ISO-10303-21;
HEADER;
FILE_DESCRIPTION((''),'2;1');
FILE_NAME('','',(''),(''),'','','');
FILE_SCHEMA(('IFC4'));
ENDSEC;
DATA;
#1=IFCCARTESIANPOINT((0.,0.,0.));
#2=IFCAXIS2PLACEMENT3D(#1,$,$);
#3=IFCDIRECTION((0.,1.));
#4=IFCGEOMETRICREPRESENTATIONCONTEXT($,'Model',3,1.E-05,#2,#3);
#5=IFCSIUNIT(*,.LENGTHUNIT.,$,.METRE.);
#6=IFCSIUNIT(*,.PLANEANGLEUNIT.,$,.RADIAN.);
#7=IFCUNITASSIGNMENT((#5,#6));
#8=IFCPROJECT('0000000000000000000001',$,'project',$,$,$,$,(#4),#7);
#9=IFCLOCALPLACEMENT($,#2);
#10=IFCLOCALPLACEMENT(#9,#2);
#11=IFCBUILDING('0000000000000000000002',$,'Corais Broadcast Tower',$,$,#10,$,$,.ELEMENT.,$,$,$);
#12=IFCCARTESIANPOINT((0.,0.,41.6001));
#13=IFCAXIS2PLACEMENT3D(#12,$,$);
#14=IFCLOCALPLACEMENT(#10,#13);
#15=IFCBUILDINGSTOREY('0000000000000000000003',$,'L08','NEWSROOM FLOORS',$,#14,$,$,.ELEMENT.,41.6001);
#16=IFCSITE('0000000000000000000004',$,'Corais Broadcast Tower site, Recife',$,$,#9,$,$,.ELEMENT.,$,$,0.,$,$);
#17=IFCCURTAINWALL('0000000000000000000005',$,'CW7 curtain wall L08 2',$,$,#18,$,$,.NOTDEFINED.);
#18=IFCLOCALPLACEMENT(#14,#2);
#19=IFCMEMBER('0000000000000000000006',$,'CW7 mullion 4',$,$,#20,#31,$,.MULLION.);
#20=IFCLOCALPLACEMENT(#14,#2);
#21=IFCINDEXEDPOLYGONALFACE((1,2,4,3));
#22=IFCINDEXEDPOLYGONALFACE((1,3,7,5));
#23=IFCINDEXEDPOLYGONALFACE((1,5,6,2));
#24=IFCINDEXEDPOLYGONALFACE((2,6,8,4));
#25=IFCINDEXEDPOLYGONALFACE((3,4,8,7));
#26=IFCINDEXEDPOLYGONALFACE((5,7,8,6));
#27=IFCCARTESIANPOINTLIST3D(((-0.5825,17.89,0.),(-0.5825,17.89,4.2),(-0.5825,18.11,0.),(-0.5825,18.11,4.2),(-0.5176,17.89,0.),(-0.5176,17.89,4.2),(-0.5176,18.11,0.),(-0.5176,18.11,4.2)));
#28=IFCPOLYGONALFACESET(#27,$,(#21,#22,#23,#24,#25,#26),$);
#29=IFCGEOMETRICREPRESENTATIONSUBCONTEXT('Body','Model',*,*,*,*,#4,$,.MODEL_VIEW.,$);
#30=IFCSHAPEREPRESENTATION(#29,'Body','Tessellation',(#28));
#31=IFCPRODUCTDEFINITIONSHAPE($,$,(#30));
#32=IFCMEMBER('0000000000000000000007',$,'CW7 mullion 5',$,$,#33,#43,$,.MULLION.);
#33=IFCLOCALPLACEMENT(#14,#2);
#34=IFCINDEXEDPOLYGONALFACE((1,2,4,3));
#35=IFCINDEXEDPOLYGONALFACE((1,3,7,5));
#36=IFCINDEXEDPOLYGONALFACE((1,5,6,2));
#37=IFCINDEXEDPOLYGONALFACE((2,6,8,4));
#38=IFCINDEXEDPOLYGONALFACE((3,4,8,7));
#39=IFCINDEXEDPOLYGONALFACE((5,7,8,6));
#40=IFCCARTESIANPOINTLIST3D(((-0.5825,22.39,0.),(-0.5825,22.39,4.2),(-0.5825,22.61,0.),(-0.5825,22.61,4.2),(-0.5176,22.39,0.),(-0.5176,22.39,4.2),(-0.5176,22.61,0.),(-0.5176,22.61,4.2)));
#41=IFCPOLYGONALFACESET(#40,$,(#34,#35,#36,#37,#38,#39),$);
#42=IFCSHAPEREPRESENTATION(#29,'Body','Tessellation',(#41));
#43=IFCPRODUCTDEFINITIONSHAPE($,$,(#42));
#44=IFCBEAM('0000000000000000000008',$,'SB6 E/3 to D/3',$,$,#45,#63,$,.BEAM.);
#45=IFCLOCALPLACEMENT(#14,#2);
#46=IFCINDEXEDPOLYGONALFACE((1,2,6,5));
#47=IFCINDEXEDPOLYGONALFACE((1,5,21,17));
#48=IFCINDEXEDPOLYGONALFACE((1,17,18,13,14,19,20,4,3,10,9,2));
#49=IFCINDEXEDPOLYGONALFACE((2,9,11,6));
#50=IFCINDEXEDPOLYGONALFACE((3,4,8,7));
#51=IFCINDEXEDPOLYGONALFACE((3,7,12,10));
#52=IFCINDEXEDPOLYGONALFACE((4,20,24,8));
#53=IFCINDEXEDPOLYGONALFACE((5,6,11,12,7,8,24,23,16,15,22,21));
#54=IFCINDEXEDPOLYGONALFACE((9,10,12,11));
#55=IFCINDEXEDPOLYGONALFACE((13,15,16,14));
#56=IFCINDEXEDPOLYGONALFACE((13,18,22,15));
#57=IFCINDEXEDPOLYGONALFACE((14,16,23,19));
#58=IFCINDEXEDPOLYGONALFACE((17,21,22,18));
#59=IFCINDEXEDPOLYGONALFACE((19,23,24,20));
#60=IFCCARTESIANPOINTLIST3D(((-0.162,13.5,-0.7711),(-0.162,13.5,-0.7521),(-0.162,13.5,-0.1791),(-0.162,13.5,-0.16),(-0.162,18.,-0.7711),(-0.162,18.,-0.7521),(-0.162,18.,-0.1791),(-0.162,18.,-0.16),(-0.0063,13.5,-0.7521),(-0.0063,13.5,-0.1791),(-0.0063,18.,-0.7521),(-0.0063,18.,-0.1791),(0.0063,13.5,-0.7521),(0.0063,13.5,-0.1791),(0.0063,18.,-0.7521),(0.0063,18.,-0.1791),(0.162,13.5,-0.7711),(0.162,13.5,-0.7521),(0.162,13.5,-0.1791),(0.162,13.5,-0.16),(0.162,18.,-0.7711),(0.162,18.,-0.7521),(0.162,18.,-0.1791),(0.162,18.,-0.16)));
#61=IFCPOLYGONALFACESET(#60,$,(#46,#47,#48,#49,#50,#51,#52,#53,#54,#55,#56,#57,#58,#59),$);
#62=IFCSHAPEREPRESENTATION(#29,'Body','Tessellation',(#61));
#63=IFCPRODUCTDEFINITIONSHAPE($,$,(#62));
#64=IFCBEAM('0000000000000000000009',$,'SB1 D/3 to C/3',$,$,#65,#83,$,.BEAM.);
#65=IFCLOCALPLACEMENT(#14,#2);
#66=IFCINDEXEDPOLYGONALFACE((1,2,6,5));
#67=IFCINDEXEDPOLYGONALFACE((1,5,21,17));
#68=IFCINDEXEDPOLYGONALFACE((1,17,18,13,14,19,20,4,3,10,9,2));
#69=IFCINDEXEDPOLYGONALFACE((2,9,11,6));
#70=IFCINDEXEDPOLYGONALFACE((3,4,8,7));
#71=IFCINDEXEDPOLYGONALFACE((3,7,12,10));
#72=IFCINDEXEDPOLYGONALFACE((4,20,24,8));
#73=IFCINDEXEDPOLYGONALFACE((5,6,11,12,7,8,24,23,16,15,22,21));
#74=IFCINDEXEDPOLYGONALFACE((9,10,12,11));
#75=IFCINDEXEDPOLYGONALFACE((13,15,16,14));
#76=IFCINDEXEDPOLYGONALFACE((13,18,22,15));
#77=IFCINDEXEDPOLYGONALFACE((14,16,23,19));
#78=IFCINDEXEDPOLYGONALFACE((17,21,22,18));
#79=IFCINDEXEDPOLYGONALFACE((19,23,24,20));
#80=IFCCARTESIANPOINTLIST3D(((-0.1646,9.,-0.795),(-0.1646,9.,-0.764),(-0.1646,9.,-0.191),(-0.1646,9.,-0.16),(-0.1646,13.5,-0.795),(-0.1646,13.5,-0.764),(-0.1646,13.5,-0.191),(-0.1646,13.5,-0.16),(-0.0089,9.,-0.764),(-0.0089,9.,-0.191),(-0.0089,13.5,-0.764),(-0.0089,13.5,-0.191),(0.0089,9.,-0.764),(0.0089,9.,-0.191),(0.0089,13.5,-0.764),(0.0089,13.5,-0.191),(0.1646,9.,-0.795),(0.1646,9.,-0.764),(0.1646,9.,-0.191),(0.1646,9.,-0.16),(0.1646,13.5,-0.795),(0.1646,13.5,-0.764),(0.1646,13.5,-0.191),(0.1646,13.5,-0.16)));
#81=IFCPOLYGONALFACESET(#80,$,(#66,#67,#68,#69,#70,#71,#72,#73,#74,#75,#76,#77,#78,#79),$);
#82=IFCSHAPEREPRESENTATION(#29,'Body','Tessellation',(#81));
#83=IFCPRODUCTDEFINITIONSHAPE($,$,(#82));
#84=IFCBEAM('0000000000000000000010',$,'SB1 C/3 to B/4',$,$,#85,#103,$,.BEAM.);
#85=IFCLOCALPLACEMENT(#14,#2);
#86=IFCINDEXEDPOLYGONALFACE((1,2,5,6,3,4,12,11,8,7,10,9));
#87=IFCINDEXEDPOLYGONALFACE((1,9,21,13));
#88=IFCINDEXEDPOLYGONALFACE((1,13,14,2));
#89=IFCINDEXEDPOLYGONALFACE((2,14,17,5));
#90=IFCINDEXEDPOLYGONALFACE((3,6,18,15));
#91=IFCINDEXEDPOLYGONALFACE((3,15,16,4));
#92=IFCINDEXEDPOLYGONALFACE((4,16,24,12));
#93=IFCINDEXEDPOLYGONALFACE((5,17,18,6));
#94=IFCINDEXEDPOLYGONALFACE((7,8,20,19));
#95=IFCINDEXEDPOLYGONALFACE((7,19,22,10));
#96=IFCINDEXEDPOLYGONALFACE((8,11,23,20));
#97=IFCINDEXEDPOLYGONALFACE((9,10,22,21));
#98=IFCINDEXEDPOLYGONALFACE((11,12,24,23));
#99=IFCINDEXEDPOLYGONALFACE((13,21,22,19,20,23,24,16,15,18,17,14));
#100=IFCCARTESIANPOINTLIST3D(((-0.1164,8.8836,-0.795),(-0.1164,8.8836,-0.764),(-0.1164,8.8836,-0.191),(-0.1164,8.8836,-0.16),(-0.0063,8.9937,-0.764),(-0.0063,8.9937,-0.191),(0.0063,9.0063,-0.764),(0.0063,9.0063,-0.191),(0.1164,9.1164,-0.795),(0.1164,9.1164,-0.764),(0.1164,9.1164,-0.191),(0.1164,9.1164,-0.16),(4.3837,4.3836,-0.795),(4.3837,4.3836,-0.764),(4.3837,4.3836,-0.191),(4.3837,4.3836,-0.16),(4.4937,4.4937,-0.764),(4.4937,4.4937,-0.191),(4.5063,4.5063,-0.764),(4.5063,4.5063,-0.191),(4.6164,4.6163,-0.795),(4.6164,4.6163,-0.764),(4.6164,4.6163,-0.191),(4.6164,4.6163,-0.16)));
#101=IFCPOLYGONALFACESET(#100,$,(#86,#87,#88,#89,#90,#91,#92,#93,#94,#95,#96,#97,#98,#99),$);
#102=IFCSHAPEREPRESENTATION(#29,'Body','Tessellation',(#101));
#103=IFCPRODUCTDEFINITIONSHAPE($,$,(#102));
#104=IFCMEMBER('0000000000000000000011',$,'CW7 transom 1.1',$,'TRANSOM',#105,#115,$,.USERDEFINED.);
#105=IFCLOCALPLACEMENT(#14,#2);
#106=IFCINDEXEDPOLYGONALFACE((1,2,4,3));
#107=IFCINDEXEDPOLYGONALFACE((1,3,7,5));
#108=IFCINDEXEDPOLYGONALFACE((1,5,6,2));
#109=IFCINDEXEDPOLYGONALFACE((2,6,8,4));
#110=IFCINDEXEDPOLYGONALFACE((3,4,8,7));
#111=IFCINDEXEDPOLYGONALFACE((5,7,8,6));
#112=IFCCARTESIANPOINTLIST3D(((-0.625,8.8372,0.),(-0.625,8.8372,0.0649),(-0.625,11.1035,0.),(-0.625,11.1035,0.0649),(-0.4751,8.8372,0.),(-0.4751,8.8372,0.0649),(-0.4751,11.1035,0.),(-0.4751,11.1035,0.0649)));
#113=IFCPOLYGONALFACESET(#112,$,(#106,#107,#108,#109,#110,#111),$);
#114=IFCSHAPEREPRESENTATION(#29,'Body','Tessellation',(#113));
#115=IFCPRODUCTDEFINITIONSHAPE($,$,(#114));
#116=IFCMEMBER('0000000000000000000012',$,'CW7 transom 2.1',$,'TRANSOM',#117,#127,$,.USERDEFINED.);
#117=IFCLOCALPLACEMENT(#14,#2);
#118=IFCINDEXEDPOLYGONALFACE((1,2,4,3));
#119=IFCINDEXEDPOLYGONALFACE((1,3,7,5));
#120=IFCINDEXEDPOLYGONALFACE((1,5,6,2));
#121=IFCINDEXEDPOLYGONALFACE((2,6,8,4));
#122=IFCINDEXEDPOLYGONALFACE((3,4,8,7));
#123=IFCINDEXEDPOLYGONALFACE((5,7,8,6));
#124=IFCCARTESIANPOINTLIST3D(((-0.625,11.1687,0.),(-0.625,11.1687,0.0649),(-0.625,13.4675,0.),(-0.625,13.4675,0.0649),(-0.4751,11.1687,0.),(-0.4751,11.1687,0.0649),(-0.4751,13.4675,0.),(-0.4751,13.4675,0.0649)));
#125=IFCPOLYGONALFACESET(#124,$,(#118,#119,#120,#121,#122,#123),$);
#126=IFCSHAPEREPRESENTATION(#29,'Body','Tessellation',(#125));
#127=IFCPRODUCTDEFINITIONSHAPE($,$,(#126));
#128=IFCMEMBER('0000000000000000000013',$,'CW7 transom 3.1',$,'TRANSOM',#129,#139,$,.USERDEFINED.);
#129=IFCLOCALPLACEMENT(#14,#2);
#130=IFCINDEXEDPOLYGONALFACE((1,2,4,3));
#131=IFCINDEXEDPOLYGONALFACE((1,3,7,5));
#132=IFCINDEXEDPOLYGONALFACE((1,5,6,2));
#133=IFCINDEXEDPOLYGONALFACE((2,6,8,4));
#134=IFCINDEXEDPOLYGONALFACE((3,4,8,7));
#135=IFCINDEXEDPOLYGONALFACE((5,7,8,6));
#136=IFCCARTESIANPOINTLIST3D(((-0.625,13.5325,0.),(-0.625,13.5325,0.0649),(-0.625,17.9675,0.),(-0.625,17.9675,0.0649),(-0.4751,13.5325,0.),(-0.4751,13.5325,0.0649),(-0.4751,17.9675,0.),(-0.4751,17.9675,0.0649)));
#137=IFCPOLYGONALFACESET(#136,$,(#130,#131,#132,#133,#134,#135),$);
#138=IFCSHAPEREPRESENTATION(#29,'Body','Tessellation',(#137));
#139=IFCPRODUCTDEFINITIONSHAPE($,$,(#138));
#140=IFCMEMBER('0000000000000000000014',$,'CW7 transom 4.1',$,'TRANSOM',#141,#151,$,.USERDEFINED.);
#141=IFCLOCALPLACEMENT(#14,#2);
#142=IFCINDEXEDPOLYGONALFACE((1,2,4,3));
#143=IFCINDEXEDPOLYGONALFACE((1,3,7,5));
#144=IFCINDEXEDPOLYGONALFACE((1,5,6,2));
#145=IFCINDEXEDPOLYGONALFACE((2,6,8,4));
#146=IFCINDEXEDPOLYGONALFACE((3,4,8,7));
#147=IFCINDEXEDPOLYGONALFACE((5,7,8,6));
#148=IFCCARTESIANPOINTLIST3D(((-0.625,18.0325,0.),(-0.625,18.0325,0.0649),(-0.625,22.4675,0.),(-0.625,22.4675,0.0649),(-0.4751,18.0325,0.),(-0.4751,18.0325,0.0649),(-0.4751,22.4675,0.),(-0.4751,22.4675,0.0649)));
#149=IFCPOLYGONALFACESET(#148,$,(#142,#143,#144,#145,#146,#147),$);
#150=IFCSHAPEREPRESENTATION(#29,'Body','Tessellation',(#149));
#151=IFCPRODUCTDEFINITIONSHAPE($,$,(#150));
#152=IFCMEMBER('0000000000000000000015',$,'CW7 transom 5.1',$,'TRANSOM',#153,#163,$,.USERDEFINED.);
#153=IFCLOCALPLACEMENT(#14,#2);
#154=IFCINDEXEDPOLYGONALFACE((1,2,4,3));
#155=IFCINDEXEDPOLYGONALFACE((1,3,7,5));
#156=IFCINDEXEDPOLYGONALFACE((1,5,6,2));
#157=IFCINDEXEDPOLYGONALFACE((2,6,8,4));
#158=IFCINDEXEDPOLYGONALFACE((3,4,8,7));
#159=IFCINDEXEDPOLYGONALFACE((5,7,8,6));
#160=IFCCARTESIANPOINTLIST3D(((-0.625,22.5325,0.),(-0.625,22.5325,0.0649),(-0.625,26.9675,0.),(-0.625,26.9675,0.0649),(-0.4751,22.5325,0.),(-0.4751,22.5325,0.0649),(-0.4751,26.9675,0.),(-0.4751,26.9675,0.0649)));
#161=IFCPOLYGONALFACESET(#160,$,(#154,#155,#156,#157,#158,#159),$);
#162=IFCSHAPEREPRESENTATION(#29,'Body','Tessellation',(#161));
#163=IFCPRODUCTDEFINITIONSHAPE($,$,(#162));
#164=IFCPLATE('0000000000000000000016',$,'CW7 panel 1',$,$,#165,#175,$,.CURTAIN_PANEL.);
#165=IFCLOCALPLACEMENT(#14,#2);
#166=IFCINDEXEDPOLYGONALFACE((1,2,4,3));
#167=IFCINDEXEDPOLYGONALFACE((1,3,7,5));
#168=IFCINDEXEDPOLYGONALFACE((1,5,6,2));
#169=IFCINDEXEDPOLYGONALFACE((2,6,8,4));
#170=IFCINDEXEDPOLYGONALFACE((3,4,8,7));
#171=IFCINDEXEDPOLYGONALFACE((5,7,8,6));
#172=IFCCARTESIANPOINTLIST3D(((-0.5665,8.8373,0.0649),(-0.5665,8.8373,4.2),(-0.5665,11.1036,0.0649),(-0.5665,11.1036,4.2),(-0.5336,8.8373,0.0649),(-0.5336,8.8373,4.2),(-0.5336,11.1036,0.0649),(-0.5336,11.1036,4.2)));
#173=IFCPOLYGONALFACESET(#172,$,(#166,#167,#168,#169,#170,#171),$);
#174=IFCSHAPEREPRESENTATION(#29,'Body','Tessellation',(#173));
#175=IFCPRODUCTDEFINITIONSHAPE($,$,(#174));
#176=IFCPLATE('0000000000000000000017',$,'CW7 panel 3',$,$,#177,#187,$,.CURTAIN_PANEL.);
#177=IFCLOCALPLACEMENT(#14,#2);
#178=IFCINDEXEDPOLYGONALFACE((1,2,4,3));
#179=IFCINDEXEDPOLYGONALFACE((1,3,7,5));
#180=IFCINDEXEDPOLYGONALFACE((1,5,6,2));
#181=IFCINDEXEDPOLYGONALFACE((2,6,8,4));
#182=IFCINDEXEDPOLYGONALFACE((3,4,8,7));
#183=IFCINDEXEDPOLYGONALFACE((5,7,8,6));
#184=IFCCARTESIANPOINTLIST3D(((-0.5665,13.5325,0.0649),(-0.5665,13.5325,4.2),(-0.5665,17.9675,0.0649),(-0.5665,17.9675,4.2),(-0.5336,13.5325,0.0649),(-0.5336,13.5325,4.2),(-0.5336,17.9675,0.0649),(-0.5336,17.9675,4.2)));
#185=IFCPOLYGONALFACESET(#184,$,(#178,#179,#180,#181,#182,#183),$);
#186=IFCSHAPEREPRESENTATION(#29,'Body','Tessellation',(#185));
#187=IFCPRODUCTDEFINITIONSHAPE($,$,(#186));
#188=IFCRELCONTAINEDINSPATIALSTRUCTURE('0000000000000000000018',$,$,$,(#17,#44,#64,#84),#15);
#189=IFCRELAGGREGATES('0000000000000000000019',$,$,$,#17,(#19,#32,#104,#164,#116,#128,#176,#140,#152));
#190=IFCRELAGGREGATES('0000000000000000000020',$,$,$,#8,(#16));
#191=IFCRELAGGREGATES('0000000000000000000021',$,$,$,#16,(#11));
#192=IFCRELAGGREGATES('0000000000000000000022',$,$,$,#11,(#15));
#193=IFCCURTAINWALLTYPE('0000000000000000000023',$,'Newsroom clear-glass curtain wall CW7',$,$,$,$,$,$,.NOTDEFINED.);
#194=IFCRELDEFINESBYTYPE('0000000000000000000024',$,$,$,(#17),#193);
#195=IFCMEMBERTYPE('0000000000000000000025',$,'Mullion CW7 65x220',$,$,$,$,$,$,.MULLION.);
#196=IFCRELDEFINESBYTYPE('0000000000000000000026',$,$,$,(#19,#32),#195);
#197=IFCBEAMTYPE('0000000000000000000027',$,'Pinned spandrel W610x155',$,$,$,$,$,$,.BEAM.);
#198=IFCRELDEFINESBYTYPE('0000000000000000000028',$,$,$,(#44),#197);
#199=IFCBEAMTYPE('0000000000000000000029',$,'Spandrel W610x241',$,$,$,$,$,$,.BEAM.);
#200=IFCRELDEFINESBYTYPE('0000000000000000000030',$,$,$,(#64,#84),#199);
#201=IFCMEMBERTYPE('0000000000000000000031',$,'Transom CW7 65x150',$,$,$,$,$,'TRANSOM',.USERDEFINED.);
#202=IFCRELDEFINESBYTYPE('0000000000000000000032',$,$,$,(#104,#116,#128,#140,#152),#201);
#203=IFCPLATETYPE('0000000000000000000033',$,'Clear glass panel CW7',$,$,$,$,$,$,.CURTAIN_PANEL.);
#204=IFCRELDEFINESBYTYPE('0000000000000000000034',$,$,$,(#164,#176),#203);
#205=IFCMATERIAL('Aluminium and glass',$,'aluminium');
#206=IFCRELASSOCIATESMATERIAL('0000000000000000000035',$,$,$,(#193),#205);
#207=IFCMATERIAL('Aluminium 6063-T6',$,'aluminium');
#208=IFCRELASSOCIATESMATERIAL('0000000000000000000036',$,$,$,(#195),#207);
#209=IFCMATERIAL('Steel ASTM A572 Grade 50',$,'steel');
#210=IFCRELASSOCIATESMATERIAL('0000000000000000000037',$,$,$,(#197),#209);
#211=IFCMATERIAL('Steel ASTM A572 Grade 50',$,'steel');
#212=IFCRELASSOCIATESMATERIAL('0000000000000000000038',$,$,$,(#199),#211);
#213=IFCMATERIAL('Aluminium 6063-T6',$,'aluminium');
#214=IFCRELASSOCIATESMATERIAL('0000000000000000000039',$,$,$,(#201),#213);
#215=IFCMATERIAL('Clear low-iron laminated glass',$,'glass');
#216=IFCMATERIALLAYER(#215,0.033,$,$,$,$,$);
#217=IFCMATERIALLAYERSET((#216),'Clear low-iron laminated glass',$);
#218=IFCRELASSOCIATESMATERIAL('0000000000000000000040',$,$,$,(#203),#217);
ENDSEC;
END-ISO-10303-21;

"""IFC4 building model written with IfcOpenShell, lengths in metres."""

from ifc_helpers import new_model, si_unit, direction, frame, origin, origin_2d, place, context, subcontext, project, spatial, rectangle, i_section, extrude, material, layer, layer_set, material_profile, profile_set, type_object, element, aggregate, save


model = new_model("IFC4")

# Units and contexts
model_context = context("Model", 3, precision=1e-05, world=origin(), true_north=direction((0.0, 1.0)))
body_context = subcontext(model_context, "Body", "Model", "MODEL_VIEW")
ifc_project = project(units=[si_unit("LENGTHUNIT", "METRE"), si_unit("PLANEANGLEUNIT", "RADIAN")], contexts=[model_context])

# Site, building, storey
site_placement = place(None, origin())
site = spatial("IfcSite", under=ifc_project, at=site_placement, Name="Corais Broadcast Tower site, Recife", CompositionType="ELEMENT", RefElevation=0.0)
building_placement = place(site_placement, origin())
building = spatial("IfcBuilding", under=site, at=building_placement, Name="Corais Broadcast Tower", CompositionType="ELEMENT")
storey_placement = place(building_placement, frame((0.0, 0.0, 41.6001)))
storey = spatial("IfcBuildingStorey", under=building, at=storey_placement, Name="L08", Description="NEWSROOM FLOORS", CompositionType="ELEMENT", Elevation=41.6001)

# Shared definitions
ifc_material_1 = material(Name="Aluminium and glass", Category="aluminium")
curtain_wall_type = type_object("IfcCurtainWallType", Name="Newsroom clear-glass curtain wall CW7", PredefinedType="NOTDEFINED", material=ifc_material_1)
ifc_material_2 = material(Name="Aluminium 6063-T6", Category="aluminium")
ifc_material_profile_1 = material_profile(ifc_material_2, rectangle(XDim=0.0649, YDim=0.22, at=origin_2d()), Name="Mullion CW7 65x220")
ifc_profile_set_1 = profile_set([ifc_material_profile_1], Name="Aluminium 6063-T6")
member_type_1 = type_object("IfcMemberType", Name="Mullion CW7 65x220", PredefinedType="MULLION", material=ifc_profile_set_1)

# Curtain wall, members
curtain_wall_1_placement = place(storey_placement, origin())
curtain_wall_1 = element("IfcCurtainWall", 1, at=curtain_wall_1_placement, inside=storey, type_object=curtain_wall_type, Name="CW7 curtain wall L08 2", PredefinedType="NOTDEFINED")
member_1_placement = place(storey_placement, frame((-0.55, 18.0, 0.0), z_axis=(0.0, 0.0, 1.0), x_axis=(-1.0, 0.0, 0.0)))
member_1 = element("IfcMember", 2, at=member_1_placement, type_object=member_type_1, Name="CW7 mullion 4", PredefinedType="MULLION", context=body_context, shape_type="SweptSolid", body=[
    extrude(rectangle(XDim=0.0649, YDim=0.22, at=origin_2d()), origin(), (0.0, 0.0, 1.0), 4.2),
])
member_2_placement = place(storey_placement, frame((-0.55, 22.5, 0.0), z_axis=(0.0, 0.0, 1.0), x_axis=(-1.0, 0.0, 0.0)))
member_2 = element("IfcMember", 3, at=member_2_placement, type_object=member_type_1, Name="CW7 mullion 5", PredefinedType="MULLION", context=body_context, shape_type="SweptSolid", body=[
    extrude(rectangle(XDim=0.0649, YDim=0.22, at=origin_2d()), origin(), (0.0, 0.0, 1.0), 4.2),
])

# Beams
ifc_material_3 = material(Name="Steel ASTM A572 Grade 50", Category="steel")
ifc_material_profile_2 = material_profile(ifc_material_3, i_section(OverallWidth=0.324, OverallDepth=0.6111, WebThickness=0.0127, FlangeThickness=0.019, at=origin_2d()), Name="W610x155")
ifc_profile_set_2 = profile_set([ifc_material_profile_2], Name="Steel ASTM A572 Grade 50")
beam_type_1 = type_object("IfcBeamType", Name="Pinned spandrel W610x155", PredefinedType="BEAM", material=ifc_profile_set_2)
beam_1_placement = place(storey_placement, frame((0.0, 18.0, -0.4656), z_axis=(0.0, -1.0, 0.0), x_axis=(1.0, 0.0, 0.0)))
element("IfcBeam", 4, at=beam_1_placement, inside=storey, type_object=beam_type_1, Name="SB6 E/3 to D/3", PredefinedType="BEAM", context=body_context, shape_type="SweptSolid", body=[
    extrude(i_section(OverallWidth=0.324, OverallDepth=0.6111, WebThickness=0.0127, FlangeThickness=0.019, at=origin_2d()), origin(), (0.0, 0.0, 1.0), 4.5),
])
ifc_material_4 = material(Name="Steel ASTM A572 Grade 50", Category="steel")
ifc_material_profile_3 = material_profile(ifc_material_4, i_section(OverallWidth=0.3291, OverallDepth=0.635, WebThickness=0.0178, FlangeThickness=0.031, at=origin_2d()), Name="W610x241")
ifc_profile_set_3 = profile_set([ifc_material_profile_3], Name="Steel ASTM A572 Grade 50")
beam_type_2 = type_object("IfcBeamType", Name="Spandrel W610x241", PredefinedType="BEAM", material=ifc_profile_set_3)
beam_2_placement = place(storey_placement, frame((0.0, 13.5, -0.4775), z_axis=(0.0, -1.0, 0.0), x_axis=(1.0, 0.0, 0.0)))
element("IfcBeam", 5, at=beam_2_placement, inside=storey, type_object=beam_type_2, Name="SB1 D/3 to C/3", PredefinedType="BEAM", context=body_context, shape_type="SweptSolid", body=[
    extrude(i_section(OverallWidth=0.3291, OverallDepth=0.635, WebThickness=0.0178, FlangeThickness=0.031, at=origin_2d()), origin(), (0.0, 0.0, 1.0), 4.5),
])
beam_3_placement = place(storey_placement, frame((0.0, 9.0, -0.4775), z_axis=(0.707107, -0.707107, 0.0), x_axis=(0.707107, 0.707107, 0.0)))
element("IfcBeam", 6, at=beam_3_placement, inside=storey, type_object=beam_type_2, Name="SB1 C/3 to B/4", PredefinedType="BEAM", context=body_context, shape_type="SweptSolid", body=[
    extrude(i_section(OverallWidth=0.3291, OverallDepth=0.635, WebThickness=0.0178, FlangeThickness=0.031, at=origin_2d()), origin(), (0.0, 0.0, 1.0), 6.364),
])

# Members
ifc_material_5 = material(Name="Aluminium 6063-T6", Category="aluminium")
ifc_material_profile_4 = material_profile(ifc_material_5, rectangle(XDim=0.1499, YDim=0.0649, at=origin_2d()), Name="Transom CW7 65x150")
ifc_profile_set_4 = profile_set([ifc_material_profile_4], Name="Aluminium 6063-T6")
member_type_2 = type_object("IfcMemberType", Name="Transom CW7 65x150", ElementType="TRANSOM", PredefinedType="USERDEFINED", material=ifc_profile_set_4)
member_3_placement = place(storey_placement, frame((-0.55, 8.8372, 0.0325), z_axis=(0.0, 1.0, 0.0), x_axis=(-1.0, 0.0, 0.0)))
member_3 = element("IfcMember", 7, at=member_3_placement, type_object=member_type_2, Name="CW7 transom 1.1", ObjectType="TRANSOM", PredefinedType="USERDEFINED", context=body_context, shape_type="SweptSolid", body=[
    extrude(rectangle(XDim=0.1499, YDim=0.0649, at=origin_2d()), origin(), (0.0, 0.0, 1.0), 2.2664),
])
member_4_placement = place(storey_placement, frame((-0.55, 11.1687, 0.0325), z_axis=(0.0, 1.0, 0.0), x_axis=(-1.0, 0.0, 0.0)))
member_4 = element("IfcMember", 8, at=member_4_placement, type_object=member_type_2, Name="CW7 transom 2.1", ObjectType="TRANSOM", PredefinedType="USERDEFINED", context=body_context, shape_type="SweptSolid", body=[
    extrude(rectangle(XDim=0.1499, YDim=0.0649, at=origin_2d()), origin(), (0.0, 0.0, 1.0), 2.2988),
])
member_5_placement = place(storey_placement, frame((-0.55, 13.5325, 0.0325), z_axis=(0.0, 1.0, 0.0), x_axis=(-1.0, 0.0, 0.0)))
member_5 = element("IfcMember", 9, at=member_5_placement, type_object=member_type_2, Name="CW7 transom 3.1", ObjectType="TRANSOM", PredefinedType="USERDEFINED", context=body_context, shape_type="SweptSolid", body=[
    extrude(rectangle(XDim=0.1499, YDim=0.0649, at=origin_2d()), origin(), (0.0, 0.0, 1.0), 4.4351),
])
member_6_placement = place(storey_placement, frame((-0.55, 18.0325, 0.0325), z_axis=(0.0, 1.0, 0.0), x_axis=(-1.0, 0.0, 0.0)))
member_6 = element("IfcMember", 10, at=member_6_placement, type_object=member_type_2, Name="CW7 transom 4.1", ObjectType="TRANSOM", PredefinedType="USERDEFINED", context=body_context, shape_type="SweptSolid", body=[
    extrude(rectangle(XDim=0.1499, YDim=0.0649, at=origin_2d()), origin(), (0.0, 0.0, 1.0), 4.4351),
])
member_7_placement = place(storey_placement, frame((-0.55, 22.5325, 0.0325), z_axis=(0.0, 1.0, 0.0), x_axis=(-1.0, 0.0, 0.0)))
member_7 = element("IfcMember", 11, at=member_7_placement, type_object=member_type_2, Name="CW7 transom 5.1", ObjectType="TRANSOM", PredefinedType="USERDEFINED", context=body_context, shape_type="SweptSolid", body=[
    extrude(rectangle(XDim=0.1499, YDim=0.0649, at=origin_2d()), origin(), (0.0, 0.0, 1.0), 4.4351),
])

# Plates
ifc_material_6 = material(Name="Clear low-iron laminated glass", Category="glass")
ifc_layer_1 = layer(ifc_material_6, 0.033)
ifc_layer_set_1 = layer_set([ifc_layer_1], Name="Clear low-iron laminated glass")
plate_type_1 = type_object("IfcPlateType", Name="Clear glass panel CW7", PredefinedType="CURTAIN_PANEL", material=ifc_layer_set_1)
plate_1_placement = place(storey_placement, frame((-0.55, 9.9705, 0.0649), z_axis=(0.0, 0.0, 1.0), x_axis=(0.0, 1.0, 0.0)))
plate_1 = element("IfcPlate", 12, at=plate_1_placement, type_object=plate_type_1, Name="CW7 panel 1", PredefinedType="CURTAIN_PANEL", context=body_context, shape_type="SweptSolid", body=[
    extrude(rectangle(XDim=2.2664, YDim=0.033, at=origin_2d()), origin(), (0.0, 0.0, 1.0), 4.135),
])
plate_2_placement = place(storey_placement, frame((-0.55, 15.75, 0.0649), z_axis=(0.0, 0.0, 1.0), x_axis=(0.0, 1.0, 0.0)))
plate_2 = element("IfcPlate", 13, at=plate_2_placement, type_object=plate_type_1, Name="CW7 panel 3", PredefinedType="CURTAIN_PANEL", context=body_context, shape_type="SweptSolid", body=[
    extrude(rectangle(XDim=4.4351, YDim=0.033, at=origin_2d()), origin(), (0.0, 0.0, 1.0), 4.135),
])
aggregate(curtain_wall_1, [member_1, member_2, member_3, plate_1, member_4, member_5, plate_2, member_6, member_7])

save(model, "model.ifc")
